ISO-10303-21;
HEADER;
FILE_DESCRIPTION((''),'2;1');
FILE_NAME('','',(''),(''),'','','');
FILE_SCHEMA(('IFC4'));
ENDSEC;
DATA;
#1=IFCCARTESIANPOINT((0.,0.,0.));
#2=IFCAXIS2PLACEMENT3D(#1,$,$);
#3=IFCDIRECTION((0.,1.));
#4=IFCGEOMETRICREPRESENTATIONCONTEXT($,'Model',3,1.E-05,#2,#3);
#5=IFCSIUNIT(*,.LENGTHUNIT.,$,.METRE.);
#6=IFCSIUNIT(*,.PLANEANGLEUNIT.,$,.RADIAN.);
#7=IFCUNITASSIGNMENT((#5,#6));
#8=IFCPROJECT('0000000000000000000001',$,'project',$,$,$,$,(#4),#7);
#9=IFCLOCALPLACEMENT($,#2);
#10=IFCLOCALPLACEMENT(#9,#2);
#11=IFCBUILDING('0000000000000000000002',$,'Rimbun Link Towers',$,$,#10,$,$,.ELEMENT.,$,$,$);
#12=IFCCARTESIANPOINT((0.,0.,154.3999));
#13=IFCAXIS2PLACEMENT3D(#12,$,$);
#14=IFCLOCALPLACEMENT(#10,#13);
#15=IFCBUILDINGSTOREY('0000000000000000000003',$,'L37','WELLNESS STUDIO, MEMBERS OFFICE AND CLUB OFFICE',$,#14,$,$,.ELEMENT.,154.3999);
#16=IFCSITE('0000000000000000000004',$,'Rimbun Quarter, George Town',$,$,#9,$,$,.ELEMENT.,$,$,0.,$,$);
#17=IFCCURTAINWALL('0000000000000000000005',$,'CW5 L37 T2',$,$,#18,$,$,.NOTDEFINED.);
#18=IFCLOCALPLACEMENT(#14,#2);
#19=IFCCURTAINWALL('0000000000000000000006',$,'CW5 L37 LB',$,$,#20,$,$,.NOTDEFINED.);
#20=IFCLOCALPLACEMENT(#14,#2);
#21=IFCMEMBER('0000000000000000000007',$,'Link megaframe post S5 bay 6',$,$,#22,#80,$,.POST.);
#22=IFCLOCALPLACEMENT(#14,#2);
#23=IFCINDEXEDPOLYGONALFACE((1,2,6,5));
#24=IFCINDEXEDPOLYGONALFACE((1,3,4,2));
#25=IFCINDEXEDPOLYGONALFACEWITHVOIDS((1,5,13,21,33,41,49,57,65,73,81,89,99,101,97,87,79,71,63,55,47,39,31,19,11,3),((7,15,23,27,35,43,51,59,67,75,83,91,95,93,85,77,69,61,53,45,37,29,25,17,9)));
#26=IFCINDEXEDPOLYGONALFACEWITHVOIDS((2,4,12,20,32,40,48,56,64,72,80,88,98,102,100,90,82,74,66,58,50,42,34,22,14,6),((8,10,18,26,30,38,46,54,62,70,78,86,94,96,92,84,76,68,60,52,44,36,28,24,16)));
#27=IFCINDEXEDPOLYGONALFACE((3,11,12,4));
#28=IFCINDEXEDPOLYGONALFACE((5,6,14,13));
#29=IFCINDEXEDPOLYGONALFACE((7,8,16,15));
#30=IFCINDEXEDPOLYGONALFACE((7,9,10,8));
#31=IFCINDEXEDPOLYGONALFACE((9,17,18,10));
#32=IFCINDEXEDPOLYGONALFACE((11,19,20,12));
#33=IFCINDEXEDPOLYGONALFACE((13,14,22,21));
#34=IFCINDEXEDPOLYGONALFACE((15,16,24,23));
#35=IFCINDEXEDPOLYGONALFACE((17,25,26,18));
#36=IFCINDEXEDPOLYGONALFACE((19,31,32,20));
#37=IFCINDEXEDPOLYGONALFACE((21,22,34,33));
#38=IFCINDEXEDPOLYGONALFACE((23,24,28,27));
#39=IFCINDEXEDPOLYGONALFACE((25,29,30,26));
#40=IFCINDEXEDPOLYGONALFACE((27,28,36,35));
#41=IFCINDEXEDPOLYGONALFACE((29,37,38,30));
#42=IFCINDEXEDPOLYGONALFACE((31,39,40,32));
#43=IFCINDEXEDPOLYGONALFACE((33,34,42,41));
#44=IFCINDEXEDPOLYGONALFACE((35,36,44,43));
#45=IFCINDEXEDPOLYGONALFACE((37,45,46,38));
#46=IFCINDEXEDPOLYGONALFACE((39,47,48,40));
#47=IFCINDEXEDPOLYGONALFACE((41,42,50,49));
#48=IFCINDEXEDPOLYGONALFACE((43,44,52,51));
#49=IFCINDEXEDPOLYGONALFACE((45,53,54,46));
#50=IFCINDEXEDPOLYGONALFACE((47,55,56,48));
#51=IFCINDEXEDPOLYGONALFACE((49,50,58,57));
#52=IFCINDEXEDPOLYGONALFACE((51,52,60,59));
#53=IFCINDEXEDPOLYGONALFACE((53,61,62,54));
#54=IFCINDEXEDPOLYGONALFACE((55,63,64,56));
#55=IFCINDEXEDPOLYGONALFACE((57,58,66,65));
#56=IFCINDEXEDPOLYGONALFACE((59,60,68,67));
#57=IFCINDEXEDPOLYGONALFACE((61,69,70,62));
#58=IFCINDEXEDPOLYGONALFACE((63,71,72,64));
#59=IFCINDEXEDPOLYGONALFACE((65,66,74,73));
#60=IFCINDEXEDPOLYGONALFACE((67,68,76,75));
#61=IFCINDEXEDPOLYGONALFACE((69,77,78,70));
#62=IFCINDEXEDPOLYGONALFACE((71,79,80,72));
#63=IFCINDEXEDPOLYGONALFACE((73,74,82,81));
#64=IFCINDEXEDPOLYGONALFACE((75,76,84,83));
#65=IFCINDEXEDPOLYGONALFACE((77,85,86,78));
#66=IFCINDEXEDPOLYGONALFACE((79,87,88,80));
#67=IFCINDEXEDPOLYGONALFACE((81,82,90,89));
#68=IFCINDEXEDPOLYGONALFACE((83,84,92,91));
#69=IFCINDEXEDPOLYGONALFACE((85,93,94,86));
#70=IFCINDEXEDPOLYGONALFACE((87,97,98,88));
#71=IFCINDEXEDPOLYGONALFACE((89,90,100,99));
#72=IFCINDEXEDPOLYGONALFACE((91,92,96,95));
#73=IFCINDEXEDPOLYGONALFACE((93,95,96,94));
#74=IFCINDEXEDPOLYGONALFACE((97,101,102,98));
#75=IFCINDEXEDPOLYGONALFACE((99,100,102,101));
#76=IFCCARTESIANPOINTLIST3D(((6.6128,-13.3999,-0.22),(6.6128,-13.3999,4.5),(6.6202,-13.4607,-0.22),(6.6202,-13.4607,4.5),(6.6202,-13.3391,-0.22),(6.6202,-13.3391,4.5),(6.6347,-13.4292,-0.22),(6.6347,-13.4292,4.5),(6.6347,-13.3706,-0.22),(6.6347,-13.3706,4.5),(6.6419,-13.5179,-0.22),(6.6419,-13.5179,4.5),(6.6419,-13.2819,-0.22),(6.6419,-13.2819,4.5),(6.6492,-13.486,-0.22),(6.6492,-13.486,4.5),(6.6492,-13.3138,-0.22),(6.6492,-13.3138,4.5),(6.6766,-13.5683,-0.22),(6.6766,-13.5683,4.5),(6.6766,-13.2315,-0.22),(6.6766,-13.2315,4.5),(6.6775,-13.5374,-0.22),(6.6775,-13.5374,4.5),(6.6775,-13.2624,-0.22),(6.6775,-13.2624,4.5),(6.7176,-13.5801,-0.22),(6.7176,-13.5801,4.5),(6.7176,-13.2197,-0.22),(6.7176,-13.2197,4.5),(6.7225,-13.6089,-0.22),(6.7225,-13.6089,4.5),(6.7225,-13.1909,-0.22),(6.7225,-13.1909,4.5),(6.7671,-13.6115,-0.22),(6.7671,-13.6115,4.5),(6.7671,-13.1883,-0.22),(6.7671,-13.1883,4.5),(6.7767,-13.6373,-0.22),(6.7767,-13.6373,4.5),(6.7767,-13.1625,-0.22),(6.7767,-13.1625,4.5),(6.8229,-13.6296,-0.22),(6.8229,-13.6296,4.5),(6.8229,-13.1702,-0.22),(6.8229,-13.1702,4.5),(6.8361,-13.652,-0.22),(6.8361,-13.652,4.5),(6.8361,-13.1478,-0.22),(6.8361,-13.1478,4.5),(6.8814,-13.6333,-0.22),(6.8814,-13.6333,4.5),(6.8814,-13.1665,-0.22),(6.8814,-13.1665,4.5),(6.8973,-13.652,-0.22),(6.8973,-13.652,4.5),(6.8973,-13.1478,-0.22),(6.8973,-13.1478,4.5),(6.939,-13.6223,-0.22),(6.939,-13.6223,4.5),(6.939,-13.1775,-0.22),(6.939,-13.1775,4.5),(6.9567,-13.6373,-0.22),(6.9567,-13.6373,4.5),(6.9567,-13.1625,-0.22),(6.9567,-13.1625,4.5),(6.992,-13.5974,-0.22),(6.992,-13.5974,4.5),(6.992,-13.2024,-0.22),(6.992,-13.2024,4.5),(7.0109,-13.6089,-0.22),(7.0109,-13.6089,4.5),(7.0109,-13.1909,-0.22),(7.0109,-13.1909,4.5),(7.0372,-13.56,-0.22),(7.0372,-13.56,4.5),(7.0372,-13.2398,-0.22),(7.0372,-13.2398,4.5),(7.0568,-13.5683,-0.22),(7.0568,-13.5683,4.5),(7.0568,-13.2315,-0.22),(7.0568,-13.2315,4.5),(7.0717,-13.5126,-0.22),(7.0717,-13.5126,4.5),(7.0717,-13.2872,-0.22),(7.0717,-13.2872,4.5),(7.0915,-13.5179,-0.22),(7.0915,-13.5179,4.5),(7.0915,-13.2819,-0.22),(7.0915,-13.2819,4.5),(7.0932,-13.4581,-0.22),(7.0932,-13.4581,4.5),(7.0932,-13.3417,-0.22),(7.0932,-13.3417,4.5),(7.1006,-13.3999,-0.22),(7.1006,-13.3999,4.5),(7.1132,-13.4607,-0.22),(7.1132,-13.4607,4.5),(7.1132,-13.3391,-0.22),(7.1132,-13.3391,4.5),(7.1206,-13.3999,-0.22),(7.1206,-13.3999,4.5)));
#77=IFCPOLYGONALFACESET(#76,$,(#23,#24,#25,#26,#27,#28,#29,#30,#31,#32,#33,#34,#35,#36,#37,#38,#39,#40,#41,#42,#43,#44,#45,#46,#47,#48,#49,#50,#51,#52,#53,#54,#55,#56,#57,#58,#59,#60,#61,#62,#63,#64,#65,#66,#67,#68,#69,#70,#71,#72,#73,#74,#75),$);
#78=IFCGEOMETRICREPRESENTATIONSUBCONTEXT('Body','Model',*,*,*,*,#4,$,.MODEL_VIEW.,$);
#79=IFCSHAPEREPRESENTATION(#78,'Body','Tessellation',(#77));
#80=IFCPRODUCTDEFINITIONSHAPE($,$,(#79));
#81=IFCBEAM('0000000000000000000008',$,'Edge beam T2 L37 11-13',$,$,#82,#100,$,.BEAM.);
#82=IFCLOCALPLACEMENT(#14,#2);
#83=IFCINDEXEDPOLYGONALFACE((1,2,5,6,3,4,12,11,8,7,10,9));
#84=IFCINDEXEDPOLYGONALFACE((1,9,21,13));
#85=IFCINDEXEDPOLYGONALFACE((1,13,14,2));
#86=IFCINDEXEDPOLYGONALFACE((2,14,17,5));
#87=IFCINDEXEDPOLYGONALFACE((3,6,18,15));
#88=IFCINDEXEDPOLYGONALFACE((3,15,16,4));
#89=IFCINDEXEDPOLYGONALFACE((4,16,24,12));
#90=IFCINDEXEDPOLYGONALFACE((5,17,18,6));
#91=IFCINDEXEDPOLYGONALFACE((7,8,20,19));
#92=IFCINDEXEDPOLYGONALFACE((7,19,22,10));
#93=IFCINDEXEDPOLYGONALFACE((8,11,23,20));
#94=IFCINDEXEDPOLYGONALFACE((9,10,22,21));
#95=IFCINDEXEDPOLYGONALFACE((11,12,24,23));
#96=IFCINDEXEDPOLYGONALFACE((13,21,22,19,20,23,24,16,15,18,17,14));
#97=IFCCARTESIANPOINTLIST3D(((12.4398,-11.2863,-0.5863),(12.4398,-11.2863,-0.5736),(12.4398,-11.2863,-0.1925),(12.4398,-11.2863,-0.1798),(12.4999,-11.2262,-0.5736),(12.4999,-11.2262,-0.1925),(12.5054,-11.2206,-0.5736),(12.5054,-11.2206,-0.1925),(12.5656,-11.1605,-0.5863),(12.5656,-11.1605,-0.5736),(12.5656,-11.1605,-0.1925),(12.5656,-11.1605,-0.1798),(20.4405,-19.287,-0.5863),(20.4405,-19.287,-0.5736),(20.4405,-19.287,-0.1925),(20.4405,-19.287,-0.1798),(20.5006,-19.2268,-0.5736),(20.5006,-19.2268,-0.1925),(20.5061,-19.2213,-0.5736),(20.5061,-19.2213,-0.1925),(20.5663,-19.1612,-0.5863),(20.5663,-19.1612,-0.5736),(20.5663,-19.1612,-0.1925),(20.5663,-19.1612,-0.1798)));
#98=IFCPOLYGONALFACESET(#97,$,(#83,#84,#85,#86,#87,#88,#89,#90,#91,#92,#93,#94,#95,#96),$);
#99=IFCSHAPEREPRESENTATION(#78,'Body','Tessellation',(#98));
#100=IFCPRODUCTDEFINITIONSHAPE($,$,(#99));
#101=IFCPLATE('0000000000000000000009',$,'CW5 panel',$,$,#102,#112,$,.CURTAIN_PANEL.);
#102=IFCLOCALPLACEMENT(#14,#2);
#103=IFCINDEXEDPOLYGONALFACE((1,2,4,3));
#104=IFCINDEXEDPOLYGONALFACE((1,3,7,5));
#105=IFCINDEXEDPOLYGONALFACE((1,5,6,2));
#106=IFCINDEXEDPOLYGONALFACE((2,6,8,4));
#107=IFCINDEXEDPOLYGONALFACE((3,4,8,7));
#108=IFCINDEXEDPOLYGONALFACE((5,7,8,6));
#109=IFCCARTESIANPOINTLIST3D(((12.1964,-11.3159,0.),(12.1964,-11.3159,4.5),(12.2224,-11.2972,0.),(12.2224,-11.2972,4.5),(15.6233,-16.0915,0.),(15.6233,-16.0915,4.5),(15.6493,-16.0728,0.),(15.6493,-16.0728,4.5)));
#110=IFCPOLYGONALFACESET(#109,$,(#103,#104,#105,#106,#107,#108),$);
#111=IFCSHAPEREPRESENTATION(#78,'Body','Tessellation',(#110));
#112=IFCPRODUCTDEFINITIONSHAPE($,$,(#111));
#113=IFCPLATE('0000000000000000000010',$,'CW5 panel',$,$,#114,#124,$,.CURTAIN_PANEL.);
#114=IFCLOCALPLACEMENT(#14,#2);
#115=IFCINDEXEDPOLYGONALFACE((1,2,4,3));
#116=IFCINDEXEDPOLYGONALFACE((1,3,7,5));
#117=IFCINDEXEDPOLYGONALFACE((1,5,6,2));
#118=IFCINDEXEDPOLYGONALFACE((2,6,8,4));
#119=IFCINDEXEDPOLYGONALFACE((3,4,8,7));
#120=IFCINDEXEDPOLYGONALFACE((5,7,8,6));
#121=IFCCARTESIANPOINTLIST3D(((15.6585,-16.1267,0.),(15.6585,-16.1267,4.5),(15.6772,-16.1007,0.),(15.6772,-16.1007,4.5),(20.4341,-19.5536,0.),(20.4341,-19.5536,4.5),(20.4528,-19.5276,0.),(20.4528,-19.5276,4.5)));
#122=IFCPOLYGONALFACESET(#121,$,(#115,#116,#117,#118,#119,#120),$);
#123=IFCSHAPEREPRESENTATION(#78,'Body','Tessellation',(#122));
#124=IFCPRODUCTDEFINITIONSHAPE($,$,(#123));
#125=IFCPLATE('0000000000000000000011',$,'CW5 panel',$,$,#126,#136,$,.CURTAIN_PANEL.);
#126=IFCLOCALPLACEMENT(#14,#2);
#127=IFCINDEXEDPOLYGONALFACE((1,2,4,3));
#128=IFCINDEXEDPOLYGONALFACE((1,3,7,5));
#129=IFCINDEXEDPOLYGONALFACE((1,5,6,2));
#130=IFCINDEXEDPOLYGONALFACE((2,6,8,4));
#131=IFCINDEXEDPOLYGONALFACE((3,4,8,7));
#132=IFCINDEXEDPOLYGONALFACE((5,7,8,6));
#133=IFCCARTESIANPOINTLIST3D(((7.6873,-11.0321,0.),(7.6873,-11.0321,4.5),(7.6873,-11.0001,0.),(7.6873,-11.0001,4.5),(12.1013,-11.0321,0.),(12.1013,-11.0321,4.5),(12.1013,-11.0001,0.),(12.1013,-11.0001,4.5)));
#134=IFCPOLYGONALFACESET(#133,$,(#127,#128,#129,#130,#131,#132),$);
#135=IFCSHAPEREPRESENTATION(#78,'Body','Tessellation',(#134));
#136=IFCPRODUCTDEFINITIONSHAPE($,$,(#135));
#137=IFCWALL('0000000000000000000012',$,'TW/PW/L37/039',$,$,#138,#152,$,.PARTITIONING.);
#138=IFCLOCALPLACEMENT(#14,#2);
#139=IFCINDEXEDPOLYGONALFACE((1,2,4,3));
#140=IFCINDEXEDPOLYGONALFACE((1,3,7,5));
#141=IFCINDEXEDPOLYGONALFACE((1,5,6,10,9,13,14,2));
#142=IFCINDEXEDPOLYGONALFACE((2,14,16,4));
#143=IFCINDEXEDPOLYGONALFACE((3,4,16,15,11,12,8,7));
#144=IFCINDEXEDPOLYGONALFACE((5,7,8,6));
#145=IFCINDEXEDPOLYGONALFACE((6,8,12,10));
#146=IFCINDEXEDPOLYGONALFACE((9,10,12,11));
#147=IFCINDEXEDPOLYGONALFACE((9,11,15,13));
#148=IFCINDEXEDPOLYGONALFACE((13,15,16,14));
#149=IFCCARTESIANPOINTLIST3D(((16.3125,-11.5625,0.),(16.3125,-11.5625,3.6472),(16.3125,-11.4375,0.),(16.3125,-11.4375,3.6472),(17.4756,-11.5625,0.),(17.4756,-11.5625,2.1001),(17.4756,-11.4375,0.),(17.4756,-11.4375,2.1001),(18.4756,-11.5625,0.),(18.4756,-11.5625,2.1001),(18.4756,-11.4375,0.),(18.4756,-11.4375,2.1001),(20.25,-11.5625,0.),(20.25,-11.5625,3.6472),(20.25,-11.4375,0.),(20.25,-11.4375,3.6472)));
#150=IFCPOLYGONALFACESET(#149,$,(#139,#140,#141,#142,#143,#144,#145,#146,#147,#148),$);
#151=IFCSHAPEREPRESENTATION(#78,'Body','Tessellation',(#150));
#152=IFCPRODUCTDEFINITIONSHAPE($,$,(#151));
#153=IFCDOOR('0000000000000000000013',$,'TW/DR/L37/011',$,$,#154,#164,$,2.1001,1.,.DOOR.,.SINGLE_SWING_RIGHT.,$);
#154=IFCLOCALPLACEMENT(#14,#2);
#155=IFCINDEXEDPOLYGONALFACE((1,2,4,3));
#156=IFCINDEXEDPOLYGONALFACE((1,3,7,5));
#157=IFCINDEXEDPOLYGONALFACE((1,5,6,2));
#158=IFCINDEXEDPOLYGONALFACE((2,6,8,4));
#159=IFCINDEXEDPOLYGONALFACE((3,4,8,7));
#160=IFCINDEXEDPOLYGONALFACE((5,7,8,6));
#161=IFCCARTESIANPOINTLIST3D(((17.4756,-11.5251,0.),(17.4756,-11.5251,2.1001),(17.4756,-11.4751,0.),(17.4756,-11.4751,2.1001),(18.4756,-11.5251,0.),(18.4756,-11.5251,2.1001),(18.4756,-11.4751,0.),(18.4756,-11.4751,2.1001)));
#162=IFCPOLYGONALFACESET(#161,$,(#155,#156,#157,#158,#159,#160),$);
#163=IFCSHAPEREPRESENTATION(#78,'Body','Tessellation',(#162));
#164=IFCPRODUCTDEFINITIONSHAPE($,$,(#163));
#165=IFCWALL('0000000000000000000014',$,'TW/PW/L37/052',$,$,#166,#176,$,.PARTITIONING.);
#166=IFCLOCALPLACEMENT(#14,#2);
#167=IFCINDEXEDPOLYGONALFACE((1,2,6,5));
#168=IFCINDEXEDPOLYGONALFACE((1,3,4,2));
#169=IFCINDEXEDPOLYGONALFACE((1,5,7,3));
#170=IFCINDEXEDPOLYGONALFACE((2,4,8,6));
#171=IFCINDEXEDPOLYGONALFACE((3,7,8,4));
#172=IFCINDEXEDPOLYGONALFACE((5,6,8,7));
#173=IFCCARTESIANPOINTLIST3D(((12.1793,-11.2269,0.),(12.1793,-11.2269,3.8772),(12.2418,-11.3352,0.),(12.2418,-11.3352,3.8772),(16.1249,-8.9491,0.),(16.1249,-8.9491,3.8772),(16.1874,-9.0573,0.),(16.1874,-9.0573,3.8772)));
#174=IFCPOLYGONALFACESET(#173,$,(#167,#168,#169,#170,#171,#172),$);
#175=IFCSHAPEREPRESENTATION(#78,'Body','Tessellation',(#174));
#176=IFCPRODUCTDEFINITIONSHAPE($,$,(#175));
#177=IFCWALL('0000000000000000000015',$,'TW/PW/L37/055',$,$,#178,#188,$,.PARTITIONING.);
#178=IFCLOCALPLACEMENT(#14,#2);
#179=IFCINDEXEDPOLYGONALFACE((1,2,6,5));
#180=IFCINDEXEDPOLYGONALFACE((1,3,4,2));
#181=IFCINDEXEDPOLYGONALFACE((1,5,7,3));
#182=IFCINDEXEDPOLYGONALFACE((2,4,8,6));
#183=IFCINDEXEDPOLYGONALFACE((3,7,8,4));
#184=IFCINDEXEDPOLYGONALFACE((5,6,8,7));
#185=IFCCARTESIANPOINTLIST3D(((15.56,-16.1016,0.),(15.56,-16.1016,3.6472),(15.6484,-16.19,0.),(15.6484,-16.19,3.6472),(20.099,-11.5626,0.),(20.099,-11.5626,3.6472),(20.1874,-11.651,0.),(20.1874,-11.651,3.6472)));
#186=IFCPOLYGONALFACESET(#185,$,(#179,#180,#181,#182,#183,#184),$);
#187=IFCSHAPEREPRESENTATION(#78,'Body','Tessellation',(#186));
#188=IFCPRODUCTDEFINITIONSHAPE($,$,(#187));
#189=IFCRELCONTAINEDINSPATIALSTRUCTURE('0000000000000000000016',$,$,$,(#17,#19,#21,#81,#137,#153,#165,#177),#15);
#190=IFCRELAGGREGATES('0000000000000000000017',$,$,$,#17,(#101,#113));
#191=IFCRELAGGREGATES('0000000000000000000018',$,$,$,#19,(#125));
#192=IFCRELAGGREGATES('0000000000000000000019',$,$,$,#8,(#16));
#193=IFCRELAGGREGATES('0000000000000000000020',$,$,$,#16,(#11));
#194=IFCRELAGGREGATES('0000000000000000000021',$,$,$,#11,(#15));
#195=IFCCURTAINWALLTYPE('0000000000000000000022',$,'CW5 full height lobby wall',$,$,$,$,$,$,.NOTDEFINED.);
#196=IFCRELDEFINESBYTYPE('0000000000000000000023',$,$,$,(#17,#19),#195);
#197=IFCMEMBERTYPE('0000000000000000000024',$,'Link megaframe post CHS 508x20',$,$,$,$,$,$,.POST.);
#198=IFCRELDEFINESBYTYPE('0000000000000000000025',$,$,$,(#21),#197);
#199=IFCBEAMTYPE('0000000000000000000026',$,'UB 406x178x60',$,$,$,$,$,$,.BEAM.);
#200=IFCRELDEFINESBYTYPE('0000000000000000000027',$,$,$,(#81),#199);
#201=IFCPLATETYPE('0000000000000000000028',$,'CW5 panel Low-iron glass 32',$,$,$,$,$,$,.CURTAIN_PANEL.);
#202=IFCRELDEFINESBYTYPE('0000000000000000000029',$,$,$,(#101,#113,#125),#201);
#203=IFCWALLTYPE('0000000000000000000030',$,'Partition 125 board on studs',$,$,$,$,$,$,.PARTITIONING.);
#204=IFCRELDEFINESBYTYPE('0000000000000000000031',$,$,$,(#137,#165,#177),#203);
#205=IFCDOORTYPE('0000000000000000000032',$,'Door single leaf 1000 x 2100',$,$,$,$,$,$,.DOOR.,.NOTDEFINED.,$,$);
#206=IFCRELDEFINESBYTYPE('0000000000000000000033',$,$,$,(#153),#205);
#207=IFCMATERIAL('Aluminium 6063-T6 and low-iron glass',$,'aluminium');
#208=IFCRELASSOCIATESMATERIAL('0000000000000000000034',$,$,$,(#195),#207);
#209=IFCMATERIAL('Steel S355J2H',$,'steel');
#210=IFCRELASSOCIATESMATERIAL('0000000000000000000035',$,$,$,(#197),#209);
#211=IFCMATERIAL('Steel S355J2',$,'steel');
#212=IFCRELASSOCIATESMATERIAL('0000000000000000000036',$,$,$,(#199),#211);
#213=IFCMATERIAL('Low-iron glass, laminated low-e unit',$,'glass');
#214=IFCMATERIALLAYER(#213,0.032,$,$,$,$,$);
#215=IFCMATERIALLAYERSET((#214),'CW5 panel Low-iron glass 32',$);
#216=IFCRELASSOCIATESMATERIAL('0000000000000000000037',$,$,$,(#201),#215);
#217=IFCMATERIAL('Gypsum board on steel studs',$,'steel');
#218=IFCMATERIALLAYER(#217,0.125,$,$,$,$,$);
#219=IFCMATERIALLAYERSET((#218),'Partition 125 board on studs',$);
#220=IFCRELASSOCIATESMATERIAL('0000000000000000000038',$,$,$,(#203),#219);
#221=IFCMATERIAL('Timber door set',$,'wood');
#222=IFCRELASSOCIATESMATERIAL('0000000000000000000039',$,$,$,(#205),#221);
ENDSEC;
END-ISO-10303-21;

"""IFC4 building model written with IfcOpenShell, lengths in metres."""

from ifc_helpers import new_model, si_unit, direction, frame, frame_2d, origin, origin_2d, place, context, subcontext, project, spatial, rectangle, hollow_circle, i_section, extrude, material, layer, layer_set, material_profile, profile_set, type_object, element, fill, aggregate, save


model = new_model("IFC4")

# Units and contexts
model_context = context("Model", 3, precision=1e-05, world=origin(), true_north=direction((0.0, 1.0)))
body_context = subcontext(model_context, "Body", "Model", "MODEL_VIEW")
ifc_project = project(units=[si_unit("LENGTHUNIT", "METRE"), si_unit("PLANEANGLEUNIT", "RADIAN")], contexts=[model_context])

# Site, building, storey
site_placement = place(None, origin())
site = spatial("IfcSite", under=ifc_project, at=site_placement, Name="Rimbun Quarter, George Town", CompositionType="ELEMENT", RefElevation=0.0)
building_placement = place(site_placement, origin())
building = spatial("IfcBuilding", under=site, at=building_placement, Name="Rimbun Link Towers", CompositionType="ELEMENT")
storey_placement = place(building_placement, frame((0.0, 0.0, 154.3999)))
storey = spatial("IfcBuildingStorey", under=building, at=storey_placement, Name="L37", Description="WELLNESS STUDIO, MEMBERS OFFICE AND CLUB OFFICE", CompositionType="ELEMENT", Elevation=154.3999)

# Curtain walls
ifc_material_1 = material(Name="Aluminium 6063-T6 and low-iron glass", Category="aluminium")
curtain_wall_type = type_object("IfcCurtainWallType", Name="CW5 full height lobby wall", PredefinedType="NOTDEFINED", material=ifc_material_1)
curtain_wall_1_placement = place(storey_placement, origin())
curtain_wall_1 = element("IfcCurtainWall", 1, at=curtain_wall_1_placement, inside=storey, type_object=curtain_wall_type, Name="CW5 L37 T2", PredefinedType="NOTDEFINED")
curtain_wall_2_placement = place(storey_placement, origin())
curtain_wall_2 = element("IfcCurtainWall", 2, at=curtain_wall_2_placement, inside=storey, type_object=curtain_wall_type, Name="CW5 L37 LB", PredefinedType="NOTDEFINED")

# Member
ifc_material_2 = material(Name="Steel S355J2H", Category="steel")
ifc_material_profile_1 = material_profile(ifc_material_2, hollow_circle(Radius=0.2539, WallThickness=0.02, at=origin_2d()), Name="CHS 508x20")
ifc_profile_set_1 = profile_set([ifc_material_profile_1], Name="Steel S355J2H")
member_type_1 = type_object("IfcMemberType", Name="Link megaframe post CHS 508x20", PredefinedType="POST", material=ifc_profile_set_1)
member_1_placement = place(storey_placement, frame((6.8667, -13.3999, -0.22), z_axis=(0.0, 0.0, 1.0), x_axis=(1.0, 0.0, 0.0)))
element("IfcMember", 3, at=member_1_placement, inside=storey, type_object=member_type_1, Name="Link megaframe post S5 bay 6", PredefinedType="POST", context=body_context, shape_type="SweptSolid", body=[
    extrude(hollow_circle(Radius=0.2539, WallThickness=0.02, at=origin_2d()), origin(), (0.0, 0.0, 1.0), 4.72),
])

# Beam
ifc_material_3 = material(Name="Steel S355J2", Category="steel")
ifc_material_profile_2 = material_profile(ifc_material_3, i_section(OverallWidth=0.178, OverallDepth=0.4065, WebThickness=0.0078, FlangeThickness=0.0127, at=origin_2d()), Name="UB 406x178x60")
ifc_profile_set_2 = profile_set([ifc_material_profile_2], Name="Steel S355J2")
beam_type_1 = type_object("IfcBeamType", Name="UB 406x178x60", PredefinedType="BEAM", material=ifc_profile_set_2)
beam_1_placement = place(storey_placement, frame((12.5027, -11.2234, -0.3831), z_axis=(0.707107, -0.707107, 0.0), x_axis=(0.707107, 0.707107, 0.0)))
element("IfcBeam", 4, at=beam_1_placement, inside=storey, type_object=beam_type_1, Name="Edge beam T2 L37 11-13", PredefinedType="BEAM", context=body_context, shape_type="SweptSolid", body=[
    extrude(i_section(OverallWidth=0.178, OverallDepth=0.4065, WebThickness=0.0078, FlangeThickness=0.0127, at=origin_2d()), origin(), (0.0, 0.0, 1.0), 11.3147),
])

# Plates
ifc_material_4 = material(Name="Low-iron glass, laminated low-e unit", Category="glass")
ifc_layer_1 = layer(ifc_material_4, 0.032)
ifc_layer_set_1 = layer_set([ifc_layer_1], Name="CW5 panel Low-iron glass 32")
plate_type = type_object("IfcPlateType", Name="CW5 panel Low-iron glass 32", PredefinedType="CURTAIN_PANEL", material=ifc_layer_set_1)
plate_1_placement = place(storey_placement, frame((13.9229, -13.6943, 0.0), z_axis=(0.0, 0.0, 1.0), x_axis=(-0.583009, 0.812465, 0.0)))
plate_1 = element("IfcPlate", 5, at=plate_1_placement, type_object=plate_type, Name="CW5 panel", PredefinedType="CURTAIN_PANEL", context=body_context, shape_type="SweptSolid", body=[
    extrude(rectangle(XDim=5.8779, YDim=0.032, at=origin_2d()), origin(), (0.0, 0.0, 1.0), 4.5),
])
plate_2_placement = place(storey_placement, frame((18.0557, -17.8271, 0.0), z_axis=(0.0, 0.0, 1.0), x_axis=(-0.812465, 0.583009, 0.0)))
plate_2 = element("IfcPlate", 6, at=plate_2_placement, type_object=plate_type, Name="CW5 panel", PredefinedType="CURTAIN_PANEL", context=body_context, shape_type="SweptSolid", body=[
    extrude(rectangle(XDim=5.8779, YDim=0.032, at=origin_2d()), origin(), (0.0, 0.0, 1.0), 4.5),
])
aggregate(curtain_wall_1, [plate_1, plate_2])
plate_3_placement = place(storey_placement, frame((9.8943, -11.0161, 0.0), z_axis=(0.0, 0.0, 1.0), x_axis=(-1.0, 0.0, 0.0)))
plate_3 = element("IfcPlate", 7, at=plate_3_placement, type_object=plate_type, Name="CW5 panel", PredefinedType="CURTAIN_PANEL", context=body_context, shape_type="SweptSolid", body=[
    extrude(rectangle(XDim=4.4141, YDim=0.032, at=origin_2d()), origin(), (0.0, 0.0, 1.0), 4.5),
])
aggregate(curtain_wall_2, [plate_3])

# Wall, opening, door
ifc_material_5 = material(Name="Gypsum board on steel studs", Category="steel")
ifc_layer_2 = layer(ifc_material_5, 0.125)
ifc_layer_set_2 = layer_set([ifc_layer_2], Name="Partition 125 board on studs")
wall_type = type_object("IfcWallType", Name="Partition 125 board on studs", PredefinedType="PARTITIONING", material=ifc_layer_set_2)
wall_1_placement = place(storey_placement, frame((16.3125, -11.5, 0.0), z_axis=(0.0, 0.0, 1.0), x_axis=(1.0, 0.0, 0.0)))
wall_1 = element("IfcWall", 8, at=wall_1_placement, inside=storey, type_object=wall_type, Name="TW/PW/L37/039", PredefinedType="PARTITIONING", context=body_context, shape_type="SweptSolid", body=[
    extrude(rectangle(XDim=3.9375, YDim=0.125, at=frame_2d((1.9688, 0.0))), origin(), (0.0, 0.0, 1.0), 3.6472),
])
opening_placement = place(wall_1_placement, frame((1.1631, 0.0, 0.0)))
opening = element("IfcOpeningElement", 9, at=opening_placement, cuts=wall_1, PredefinedType="OPENING", context=body_context, shape_type="SweptSolid", body=[
    extrude(rectangle(XDim=1.0, YDim=2.1001, at=frame_2d((0.5, 1.05))), frame((0.0, 0.0725, 0.0), z_axis=(0.0, -1.0, 0.0), x_axis=(1.0, 0.0, 0.0)), (0.0, 0.0, 1.0), 0.145),
])
ifc_material_6 = material(Name="Timber door set", Category="wood")
door_type = type_object("IfcDoorType", Name="Door single leaf 1000 x 2100", OperationType="NOTDEFINED", PredefinedType="DOOR", material=ifc_material_6)
door_placement = place(opening_placement, origin())
door = element("IfcDoor", 10, at=door_placement, inside=storey, type_object=door_type, Name="TW/DR/L37/011", OperationType="SINGLE_SWING_RIGHT", OverallHeight=2.1001, OverallWidth=1.0, PredefinedType="DOOR", context=body_context, shape_type="SweptSolid", body=[
    extrude(rectangle(XDim=1.0, YDim=2.1001, at=frame_2d((0.5, 1.05))), frame((0.0, 0.0249, 0.0), z_axis=(0.0, -1.0, 0.0), x_axis=(1.0, 0.0, 0.0)), (0.0, 0.0, 1.0), 0.05),
])
fill(opening, door)

# Walls
wall_2_placement = place(storey_placement, frame((12.2107, -11.281, 0.0), z_axis=(0.0, 0.0, 1.0), x_axis=(0.866038, 0.499978, 0.0)))
element("IfcWall", 11, at=wall_2_placement, inside=storey, type_object=wall_type, Name="TW/PW/L37/052", PredefinedType="PARTITIONING", context=body_context, shape_type="SweptSolid", body=[
    extrude(rectangle(XDim=4.5559, YDim=0.125, at=frame_2d((2.2778, 0.0))), origin(), (0.0, 0.0, 1.0), 3.8772),
])
wall_3_placement = place(storey_placement, frame((15.6042, -16.1458, 0.0), z_axis=(0.0, 0.0, 1.0), x_axis=(0.707107, 0.707107, 0.0)))
element("IfcWall", 12, at=wall_3_placement, inside=storey, type_object=wall_type, Name="TW/PW/L37/055", PredefinedType="PARTITIONING", context=body_context, shape_type="SweptSolid", body=[
    extrude(rectangle(XDim=6.4192, YDim=0.125, at=frame_2d((3.2095, 0.0))), origin(), (0.0, 0.0, 1.0), 3.6472),
])

save(model, "model.ifc")
